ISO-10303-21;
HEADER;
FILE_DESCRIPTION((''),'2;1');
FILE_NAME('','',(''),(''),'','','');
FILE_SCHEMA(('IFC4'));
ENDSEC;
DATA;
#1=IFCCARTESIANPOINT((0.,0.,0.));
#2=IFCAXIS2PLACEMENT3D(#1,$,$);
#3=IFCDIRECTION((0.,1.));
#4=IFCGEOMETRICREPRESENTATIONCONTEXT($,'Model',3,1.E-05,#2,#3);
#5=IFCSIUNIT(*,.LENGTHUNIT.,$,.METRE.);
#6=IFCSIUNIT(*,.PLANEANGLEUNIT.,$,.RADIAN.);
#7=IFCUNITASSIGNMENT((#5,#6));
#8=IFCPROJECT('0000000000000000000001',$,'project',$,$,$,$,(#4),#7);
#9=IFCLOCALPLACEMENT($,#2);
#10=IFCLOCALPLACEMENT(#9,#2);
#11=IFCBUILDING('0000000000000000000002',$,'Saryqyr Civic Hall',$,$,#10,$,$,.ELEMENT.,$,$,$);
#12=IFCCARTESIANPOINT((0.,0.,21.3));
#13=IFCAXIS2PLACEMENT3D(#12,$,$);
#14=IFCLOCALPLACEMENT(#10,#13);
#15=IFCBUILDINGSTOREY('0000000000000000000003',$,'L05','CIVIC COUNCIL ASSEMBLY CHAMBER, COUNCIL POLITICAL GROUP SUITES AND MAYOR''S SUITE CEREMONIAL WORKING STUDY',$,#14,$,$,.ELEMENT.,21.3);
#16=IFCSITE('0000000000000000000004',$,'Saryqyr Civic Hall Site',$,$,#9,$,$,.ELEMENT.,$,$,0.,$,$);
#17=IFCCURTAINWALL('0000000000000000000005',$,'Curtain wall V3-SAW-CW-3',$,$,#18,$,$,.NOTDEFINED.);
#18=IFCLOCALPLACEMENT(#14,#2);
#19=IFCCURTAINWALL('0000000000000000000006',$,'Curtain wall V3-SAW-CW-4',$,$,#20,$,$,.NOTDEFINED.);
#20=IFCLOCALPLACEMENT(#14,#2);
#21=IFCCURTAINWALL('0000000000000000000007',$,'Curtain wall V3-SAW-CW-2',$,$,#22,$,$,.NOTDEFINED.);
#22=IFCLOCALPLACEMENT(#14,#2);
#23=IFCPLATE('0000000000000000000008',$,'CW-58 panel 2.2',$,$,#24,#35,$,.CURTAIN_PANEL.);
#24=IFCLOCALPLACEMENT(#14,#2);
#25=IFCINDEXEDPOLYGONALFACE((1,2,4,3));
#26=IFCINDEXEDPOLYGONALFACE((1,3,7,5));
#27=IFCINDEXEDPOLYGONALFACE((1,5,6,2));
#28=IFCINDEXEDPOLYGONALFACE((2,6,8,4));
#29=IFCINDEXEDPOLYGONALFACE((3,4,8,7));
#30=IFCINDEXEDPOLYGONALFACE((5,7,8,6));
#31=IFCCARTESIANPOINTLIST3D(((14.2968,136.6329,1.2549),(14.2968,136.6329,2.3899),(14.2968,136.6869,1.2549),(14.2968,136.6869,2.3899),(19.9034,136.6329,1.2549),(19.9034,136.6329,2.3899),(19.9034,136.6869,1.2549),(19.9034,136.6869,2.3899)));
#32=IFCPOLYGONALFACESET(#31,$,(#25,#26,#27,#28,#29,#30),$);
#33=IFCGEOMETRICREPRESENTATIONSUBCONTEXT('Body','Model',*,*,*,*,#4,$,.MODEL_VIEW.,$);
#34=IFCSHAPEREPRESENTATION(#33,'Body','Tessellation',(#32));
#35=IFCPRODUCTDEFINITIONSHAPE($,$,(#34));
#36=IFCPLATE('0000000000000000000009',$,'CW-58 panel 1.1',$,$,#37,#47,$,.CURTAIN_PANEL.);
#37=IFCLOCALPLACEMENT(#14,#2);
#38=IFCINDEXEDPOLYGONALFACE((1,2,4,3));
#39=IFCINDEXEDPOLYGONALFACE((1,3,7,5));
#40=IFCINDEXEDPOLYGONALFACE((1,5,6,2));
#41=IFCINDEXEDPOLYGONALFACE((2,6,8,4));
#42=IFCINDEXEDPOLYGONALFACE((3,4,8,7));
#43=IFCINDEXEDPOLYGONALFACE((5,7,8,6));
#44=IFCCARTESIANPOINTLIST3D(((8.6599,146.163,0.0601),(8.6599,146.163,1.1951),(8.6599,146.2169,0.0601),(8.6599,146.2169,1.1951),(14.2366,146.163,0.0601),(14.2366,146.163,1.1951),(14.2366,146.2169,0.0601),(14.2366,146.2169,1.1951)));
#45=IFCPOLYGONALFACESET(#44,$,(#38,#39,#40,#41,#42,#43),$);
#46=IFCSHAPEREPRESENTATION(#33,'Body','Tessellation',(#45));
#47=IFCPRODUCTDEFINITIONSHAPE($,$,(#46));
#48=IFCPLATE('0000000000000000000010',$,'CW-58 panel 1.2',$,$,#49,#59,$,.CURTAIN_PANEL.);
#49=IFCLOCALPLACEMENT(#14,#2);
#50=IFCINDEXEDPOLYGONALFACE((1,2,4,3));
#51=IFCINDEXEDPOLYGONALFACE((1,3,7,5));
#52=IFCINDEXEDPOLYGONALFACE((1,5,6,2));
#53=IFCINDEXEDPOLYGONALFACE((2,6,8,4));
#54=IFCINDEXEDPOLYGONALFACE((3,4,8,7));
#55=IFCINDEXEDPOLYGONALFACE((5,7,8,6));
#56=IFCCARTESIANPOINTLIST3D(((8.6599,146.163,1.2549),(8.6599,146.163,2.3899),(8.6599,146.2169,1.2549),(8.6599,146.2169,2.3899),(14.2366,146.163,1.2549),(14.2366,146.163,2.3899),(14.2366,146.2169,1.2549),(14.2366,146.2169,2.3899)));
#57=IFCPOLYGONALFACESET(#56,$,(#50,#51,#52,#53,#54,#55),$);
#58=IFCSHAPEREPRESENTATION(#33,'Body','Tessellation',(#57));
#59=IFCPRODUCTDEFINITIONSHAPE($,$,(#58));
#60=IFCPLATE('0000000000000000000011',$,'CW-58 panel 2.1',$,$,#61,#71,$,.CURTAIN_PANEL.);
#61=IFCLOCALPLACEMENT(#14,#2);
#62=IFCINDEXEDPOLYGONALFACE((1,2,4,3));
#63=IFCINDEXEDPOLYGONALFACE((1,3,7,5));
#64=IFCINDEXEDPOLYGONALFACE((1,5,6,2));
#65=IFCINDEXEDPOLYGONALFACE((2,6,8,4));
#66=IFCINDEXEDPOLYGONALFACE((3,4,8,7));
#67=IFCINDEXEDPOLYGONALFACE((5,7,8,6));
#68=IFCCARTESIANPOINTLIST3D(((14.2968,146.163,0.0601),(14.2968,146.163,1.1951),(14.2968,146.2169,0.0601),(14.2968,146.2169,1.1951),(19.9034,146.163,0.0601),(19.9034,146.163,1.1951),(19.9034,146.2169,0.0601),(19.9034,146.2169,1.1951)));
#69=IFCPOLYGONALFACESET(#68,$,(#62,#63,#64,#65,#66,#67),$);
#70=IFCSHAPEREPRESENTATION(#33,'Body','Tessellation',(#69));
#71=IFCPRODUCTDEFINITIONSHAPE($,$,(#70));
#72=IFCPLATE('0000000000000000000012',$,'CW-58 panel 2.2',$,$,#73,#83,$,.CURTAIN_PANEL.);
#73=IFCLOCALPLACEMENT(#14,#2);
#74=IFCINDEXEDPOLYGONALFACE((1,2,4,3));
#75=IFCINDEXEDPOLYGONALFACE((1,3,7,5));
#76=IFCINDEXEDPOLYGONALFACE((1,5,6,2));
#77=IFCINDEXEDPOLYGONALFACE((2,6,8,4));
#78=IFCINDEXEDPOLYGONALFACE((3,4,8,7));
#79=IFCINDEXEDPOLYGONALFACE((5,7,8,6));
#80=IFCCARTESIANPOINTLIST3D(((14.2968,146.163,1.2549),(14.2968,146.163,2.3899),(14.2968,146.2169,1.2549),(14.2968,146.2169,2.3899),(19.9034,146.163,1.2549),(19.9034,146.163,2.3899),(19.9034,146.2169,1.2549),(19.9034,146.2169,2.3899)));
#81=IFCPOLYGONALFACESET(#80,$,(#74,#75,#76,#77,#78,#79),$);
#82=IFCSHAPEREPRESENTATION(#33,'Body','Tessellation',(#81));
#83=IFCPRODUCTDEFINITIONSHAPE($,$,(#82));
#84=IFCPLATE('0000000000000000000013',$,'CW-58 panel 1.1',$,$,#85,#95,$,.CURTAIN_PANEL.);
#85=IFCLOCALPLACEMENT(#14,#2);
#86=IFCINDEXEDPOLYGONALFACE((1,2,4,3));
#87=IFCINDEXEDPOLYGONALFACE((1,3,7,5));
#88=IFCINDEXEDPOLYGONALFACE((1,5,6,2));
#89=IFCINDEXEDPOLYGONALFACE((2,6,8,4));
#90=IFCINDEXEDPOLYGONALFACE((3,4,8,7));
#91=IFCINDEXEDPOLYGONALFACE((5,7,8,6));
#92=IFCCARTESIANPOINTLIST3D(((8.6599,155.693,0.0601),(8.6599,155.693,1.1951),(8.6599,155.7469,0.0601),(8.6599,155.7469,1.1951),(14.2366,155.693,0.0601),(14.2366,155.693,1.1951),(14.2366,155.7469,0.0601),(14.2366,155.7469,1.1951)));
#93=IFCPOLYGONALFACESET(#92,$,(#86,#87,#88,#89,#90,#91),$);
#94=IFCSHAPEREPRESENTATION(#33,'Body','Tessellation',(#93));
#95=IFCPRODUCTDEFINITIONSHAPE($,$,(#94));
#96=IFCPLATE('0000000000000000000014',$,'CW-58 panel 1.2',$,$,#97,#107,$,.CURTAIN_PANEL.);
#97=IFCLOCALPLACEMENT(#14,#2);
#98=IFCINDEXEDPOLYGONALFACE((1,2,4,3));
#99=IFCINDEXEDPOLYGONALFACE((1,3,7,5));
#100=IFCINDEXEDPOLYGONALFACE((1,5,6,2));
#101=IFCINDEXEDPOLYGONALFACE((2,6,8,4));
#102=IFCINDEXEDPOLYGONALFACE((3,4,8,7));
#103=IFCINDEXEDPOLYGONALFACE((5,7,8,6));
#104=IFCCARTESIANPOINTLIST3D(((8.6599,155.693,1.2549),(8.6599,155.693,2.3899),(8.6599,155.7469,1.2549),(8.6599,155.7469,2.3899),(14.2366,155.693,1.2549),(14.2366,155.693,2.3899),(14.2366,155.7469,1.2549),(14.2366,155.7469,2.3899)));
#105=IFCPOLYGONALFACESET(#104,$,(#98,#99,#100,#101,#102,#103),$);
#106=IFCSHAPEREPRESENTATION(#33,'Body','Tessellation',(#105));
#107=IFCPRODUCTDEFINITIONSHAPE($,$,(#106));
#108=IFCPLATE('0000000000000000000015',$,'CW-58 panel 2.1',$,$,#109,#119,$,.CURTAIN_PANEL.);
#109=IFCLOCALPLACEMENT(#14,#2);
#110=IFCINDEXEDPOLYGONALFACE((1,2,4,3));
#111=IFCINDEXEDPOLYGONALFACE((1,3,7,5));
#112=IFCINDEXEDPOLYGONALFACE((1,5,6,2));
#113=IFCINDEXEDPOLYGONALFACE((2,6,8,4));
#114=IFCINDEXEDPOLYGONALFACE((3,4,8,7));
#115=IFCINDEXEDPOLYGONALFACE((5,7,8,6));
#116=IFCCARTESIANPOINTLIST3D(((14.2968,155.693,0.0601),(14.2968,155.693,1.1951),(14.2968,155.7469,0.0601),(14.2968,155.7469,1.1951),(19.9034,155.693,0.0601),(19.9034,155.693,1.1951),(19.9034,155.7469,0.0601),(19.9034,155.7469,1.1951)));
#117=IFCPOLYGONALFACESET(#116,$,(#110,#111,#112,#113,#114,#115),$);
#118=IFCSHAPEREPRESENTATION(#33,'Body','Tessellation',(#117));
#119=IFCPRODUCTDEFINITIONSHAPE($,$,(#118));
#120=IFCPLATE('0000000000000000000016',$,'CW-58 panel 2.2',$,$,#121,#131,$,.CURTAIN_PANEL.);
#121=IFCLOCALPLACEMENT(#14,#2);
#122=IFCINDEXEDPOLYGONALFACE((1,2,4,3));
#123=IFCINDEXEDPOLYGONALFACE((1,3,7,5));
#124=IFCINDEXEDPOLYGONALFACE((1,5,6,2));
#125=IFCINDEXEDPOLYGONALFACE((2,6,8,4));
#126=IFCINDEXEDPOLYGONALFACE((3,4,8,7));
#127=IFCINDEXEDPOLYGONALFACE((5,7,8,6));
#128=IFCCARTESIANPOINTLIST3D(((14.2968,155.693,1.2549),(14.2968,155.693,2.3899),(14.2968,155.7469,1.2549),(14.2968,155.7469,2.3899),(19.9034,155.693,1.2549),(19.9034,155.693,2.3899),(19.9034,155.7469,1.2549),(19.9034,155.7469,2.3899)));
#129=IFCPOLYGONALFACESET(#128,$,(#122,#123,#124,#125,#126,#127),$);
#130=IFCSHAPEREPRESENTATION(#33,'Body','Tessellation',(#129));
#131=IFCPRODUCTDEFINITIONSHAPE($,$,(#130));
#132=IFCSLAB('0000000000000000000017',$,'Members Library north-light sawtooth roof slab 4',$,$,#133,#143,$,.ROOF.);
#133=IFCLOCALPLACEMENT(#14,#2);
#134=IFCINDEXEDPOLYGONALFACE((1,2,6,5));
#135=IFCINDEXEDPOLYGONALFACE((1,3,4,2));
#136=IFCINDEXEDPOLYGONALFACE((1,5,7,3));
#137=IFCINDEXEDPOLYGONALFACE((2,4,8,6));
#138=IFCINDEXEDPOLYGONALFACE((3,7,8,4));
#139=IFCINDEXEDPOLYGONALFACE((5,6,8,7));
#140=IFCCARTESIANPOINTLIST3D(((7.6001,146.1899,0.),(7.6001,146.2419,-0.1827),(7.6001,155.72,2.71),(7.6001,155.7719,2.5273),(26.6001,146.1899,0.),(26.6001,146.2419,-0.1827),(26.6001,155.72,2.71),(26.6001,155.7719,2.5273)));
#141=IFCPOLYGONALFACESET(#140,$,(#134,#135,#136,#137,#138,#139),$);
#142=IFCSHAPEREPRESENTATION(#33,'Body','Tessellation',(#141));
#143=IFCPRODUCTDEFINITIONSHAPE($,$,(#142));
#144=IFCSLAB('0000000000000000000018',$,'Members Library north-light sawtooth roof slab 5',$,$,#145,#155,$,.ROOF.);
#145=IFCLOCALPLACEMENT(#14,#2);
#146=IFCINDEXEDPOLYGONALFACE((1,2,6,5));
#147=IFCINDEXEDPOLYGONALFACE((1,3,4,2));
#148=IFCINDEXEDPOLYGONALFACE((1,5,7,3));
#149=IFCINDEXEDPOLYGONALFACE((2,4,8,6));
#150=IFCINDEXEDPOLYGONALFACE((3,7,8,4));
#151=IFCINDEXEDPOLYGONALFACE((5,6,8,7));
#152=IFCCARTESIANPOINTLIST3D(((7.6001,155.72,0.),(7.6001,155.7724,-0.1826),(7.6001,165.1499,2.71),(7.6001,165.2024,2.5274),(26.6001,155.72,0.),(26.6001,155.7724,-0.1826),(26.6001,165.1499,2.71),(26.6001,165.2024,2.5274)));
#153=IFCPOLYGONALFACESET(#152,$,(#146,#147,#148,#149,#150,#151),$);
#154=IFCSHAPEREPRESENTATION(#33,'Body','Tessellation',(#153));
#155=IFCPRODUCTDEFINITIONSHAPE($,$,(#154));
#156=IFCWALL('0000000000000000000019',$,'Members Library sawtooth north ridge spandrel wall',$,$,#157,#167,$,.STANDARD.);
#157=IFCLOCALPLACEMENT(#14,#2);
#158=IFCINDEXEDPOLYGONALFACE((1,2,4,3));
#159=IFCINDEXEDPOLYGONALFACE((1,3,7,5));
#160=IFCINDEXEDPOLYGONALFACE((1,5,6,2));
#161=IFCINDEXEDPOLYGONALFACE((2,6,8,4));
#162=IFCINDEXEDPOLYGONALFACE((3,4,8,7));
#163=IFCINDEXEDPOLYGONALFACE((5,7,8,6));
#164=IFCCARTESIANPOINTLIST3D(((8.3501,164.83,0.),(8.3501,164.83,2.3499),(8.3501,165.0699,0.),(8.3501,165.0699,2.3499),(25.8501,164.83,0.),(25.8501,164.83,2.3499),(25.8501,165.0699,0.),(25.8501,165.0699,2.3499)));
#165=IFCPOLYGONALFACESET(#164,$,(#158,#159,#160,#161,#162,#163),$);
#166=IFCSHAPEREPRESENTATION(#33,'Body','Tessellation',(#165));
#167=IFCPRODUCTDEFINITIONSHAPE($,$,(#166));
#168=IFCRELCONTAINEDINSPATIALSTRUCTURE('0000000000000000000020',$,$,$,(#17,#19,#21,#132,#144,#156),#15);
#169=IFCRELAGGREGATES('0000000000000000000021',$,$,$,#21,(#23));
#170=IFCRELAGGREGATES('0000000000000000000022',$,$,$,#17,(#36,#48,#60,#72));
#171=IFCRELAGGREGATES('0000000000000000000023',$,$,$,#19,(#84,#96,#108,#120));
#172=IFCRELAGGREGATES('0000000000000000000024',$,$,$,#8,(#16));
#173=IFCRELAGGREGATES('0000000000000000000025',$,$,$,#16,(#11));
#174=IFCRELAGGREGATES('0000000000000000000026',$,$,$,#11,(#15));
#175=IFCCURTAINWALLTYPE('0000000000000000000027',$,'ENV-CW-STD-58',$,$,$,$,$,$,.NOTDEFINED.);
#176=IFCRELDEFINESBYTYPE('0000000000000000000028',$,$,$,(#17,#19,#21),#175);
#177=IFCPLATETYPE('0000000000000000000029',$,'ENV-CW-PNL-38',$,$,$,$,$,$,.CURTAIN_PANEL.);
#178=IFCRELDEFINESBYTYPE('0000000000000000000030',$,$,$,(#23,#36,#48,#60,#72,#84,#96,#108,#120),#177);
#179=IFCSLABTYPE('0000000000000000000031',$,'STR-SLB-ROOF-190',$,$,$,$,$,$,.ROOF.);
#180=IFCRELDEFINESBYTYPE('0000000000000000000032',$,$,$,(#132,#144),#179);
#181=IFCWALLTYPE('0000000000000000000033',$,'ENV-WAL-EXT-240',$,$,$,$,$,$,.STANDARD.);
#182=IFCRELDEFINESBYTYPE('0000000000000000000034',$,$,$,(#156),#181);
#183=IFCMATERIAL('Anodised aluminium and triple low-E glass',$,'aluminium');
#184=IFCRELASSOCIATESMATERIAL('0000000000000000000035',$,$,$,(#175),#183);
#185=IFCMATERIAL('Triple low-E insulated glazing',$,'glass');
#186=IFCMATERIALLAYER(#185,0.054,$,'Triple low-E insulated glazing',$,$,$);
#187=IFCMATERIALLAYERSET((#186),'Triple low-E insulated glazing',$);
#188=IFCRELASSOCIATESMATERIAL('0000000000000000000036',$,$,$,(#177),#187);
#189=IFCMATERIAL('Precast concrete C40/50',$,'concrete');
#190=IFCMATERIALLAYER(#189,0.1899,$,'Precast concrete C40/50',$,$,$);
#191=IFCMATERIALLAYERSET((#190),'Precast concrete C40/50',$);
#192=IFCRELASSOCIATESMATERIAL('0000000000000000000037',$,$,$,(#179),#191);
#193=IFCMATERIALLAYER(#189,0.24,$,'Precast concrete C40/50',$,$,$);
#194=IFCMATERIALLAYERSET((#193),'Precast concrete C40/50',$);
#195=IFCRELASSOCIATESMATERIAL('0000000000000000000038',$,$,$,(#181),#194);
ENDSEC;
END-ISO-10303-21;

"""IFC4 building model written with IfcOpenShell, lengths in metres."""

from ifc_helpers import new_model, si_unit, direction, frame, frame_2d, origin, origin_2d, place, context, subcontext, project, spatial, polyline, rectangle, outline, extrude, material, layer, layer_set, type_object, element, aggregate, save


model = new_model("IFC4")

# Units and contexts
model_context = context("Model", 3, precision=1e-05, world=origin(), true_north=direction((0.0, 1.0)))
body_context = subcontext(model_context, "Body", "Model", "MODEL_VIEW")
ifc_project = project(units=[si_unit("LENGTHUNIT", "METRE"), si_unit("PLANEANGLEUNIT", "RADIAN")], contexts=[model_context])

# Site, building, storey
site_placement = place(None, origin())
site = spatial("IfcSite", under=ifc_project, at=site_placement, Name="Saryqyr Civic Hall Site", CompositionType="ELEMENT", RefElevation=0.0)
building_placement = place(site_placement, origin())
building = spatial("IfcBuilding", under=site, at=building_placement, Name="Saryqyr Civic Hall", CompositionType="ELEMENT")
storey_placement = place(building_placement, frame((0.0, 0.0, 21.3)))
storey = spatial("IfcBuildingStorey", under=building, at=storey_placement, Name="L05", Description="CIVIC COUNCIL ASSEMBLY CHAMBER, COUNCIL POLITICAL GROUP SUITES AND MAYOR'S SUITE CEREMONIAL WORKING STUDY", CompositionType="ELEMENT", Elevation=21.3)

# Curtain walls
ifc_material_1 = material(Name="Anodised aluminium and triple low-E glass", Category="aluminium")
curtain_wall_type = type_object("IfcCurtainWallType", Name="ENV-CW-STD-58", PredefinedType="NOTDEFINED", material=ifc_material_1)
curtain_wall_1_placement = place(storey_placement, origin())
curtain_wall_1 = element("IfcCurtainWall", 1, at=curtain_wall_1_placement, inside=storey, type_object=curtain_wall_type, Name="Curtain wall V3-SAW-CW-3", PredefinedType="NOTDEFINED")
curtain_wall_2_placement = place(storey_placement, origin())
curtain_wall_2 = element("IfcCurtainWall", 2, at=curtain_wall_2_placement, inside=storey, type_object=curtain_wall_type, Name="Curtain wall V3-SAW-CW-4", PredefinedType="NOTDEFINED")

# Curtain wall, plate
curtain_wall_3_placement = place(storey_placement, origin())
curtain_wall_3 = element("IfcCurtainWall", 3, at=curtain_wall_3_placement, inside=storey, type_object=curtain_wall_type, Name="Curtain wall V3-SAW-CW-2", PredefinedType="NOTDEFINED")
ifc_material_2 = material(Name="Triple low-E insulated glazing", Category="glass")
ifc_layer_1 = layer(ifc_material_2, 0.054, Name="Triple low-E insulated glazing")
ifc_layer_set_1 = layer_set([ifc_layer_1], Name="Triple low-E insulated glazing")
plate_type = type_object("IfcPlateType", Name="ENV-CW-PNL-38", PredefinedType="CURTAIN_PANEL", material=ifc_layer_set_1)
plate_1_placement = place(storey_placement, frame((17.1001, 136.6599, 1.2549), z_axis=(0.0, 0.0, 1.0), x_axis=(-1.0, 0.0, 0.0)))
plate_1 = element("IfcPlate", 4, at=plate_1_placement, type_object=plate_type, Name="CW-58 panel 2.2", PredefinedType="CURTAIN_PANEL", context=body_context, shape_type="SweptSolid", body=[
    extrude(rectangle(XDim=5.6067, YDim=0.054, at=origin_2d()), origin(), (0.0, 0.0, 1.0), 1.135),
])
aggregate(curtain_wall_3, [plate_1])

# Plates
plate_2_placement = place(storey_placement, frame((11.4482, 146.1899, 0.0601), z_axis=(0.0, 0.0, 1.0), x_axis=(1.0, 0.0, 0.0)))
plate_2 = element("IfcPlate", 5, at=plate_2_placement, type_object=plate_type, Name="CW-58 panel 1.1", PredefinedType="CURTAIN_PANEL", context=body_context, shape_type="SweptSolid", body=[
    extrude(rectangle(XDim=5.5767, YDim=0.054, at=origin_2d()), origin(), (0.0, 0.0, 1.0), 1.135),
])
plate_3_placement = place(storey_placement, frame((11.4482, 146.1899, 1.2549), z_axis=(0.0, 0.0, 1.0), x_axis=(1.0, 0.0, 0.0)))
plate_3 = element("IfcPlate", 6, at=plate_3_placement, type_object=plate_type, Name="CW-58 panel 1.2", PredefinedType="CURTAIN_PANEL", context=body_context, shape_type="SweptSolid", body=[
    extrude(rectangle(XDim=5.5767, YDim=0.054, at=origin_2d()), origin(), (0.0, 0.0, 1.0), 1.135),
])
plate_4_placement = place(storey_placement, frame((17.1001, 146.1899, 0.0601), z_axis=(0.0, 0.0, 1.0), x_axis=(1.0, 0.0, 0.0)))
plate_4 = element("IfcPlate", 7, at=plate_4_placement, type_object=plate_type, Name="CW-58 panel 2.1", PredefinedType="CURTAIN_PANEL", context=body_context, shape_type="SweptSolid", body=[
    extrude(rectangle(XDim=5.6067, YDim=0.054, at=origin_2d()), origin(), (0.0, 0.0, 1.0), 1.135),
])
plate_5_placement = place(storey_placement, frame((17.1001, 146.1899, 1.2549), z_axis=(0.0, 0.0, 1.0), x_axis=(1.0, 0.0, 0.0)))
plate_5 = element("IfcPlate", 8, at=plate_5_placement, type_object=plate_type, Name="CW-58 panel 2.2", PredefinedType="CURTAIN_PANEL", context=body_context, shape_type="SweptSolid", body=[
    extrude(rectangle(XDim=5.6067, YDim=0.054, at=origin_2d()), origin(), (0.0, 0.0, 1.0), 1.135),
])
aggregate(curtain_wall_1, [plate_2, plate_3, plate_4, plate_5])
plate_6_placement = place(storey_placement, frame((11.4482, 155.72, 0.0601), z_axis=(0.0, 0.0, 1.0), x_axis=(1.0, 0.0, 0.0)))
plate_6 = element("IfcPlate", 9, at=plate_6_placement, type_object=plate_type, Name="CW-58 panel 1.1", PredefinedType="CURTAIN_PANEL", context=body_context, shape_type="SweptSolid", body=[
    extrude(rectangle(XDim=5.5767, YDim=0.054, at=origin_2d()), origin(), (0.0, 0.0, 1.0), 1.135),
])
plate_7_placement = place(storey_placement, frame((11.4482, 155.72, 1.2549), z_axis=(0.0, 0.0, 1.0), x_axis=(1.0, 0.0, 0.0)))
plate_7 = element("IfcPlate", 10, at=plate_7_placement, type_object=plate_type, Name="CW-58 panel 1.2", PredefinedType="CURTAIN_PANEL", context=body_context, shape_type="SweptSolid", body=[
    extrude(rectangle(XDim=5.5767, YDim=0.054, at=origin_2d()), origin(), (0.0, 0.0, 1.0), 1.135),
])
plate_8_placement = place(storey_placement, frame((17.1001, 155.72, 0.0601), z_axis=(0.0, 0.0, 1.0), x_axis=(1.0, 0.0, 0.0)))
plate_8 = element("IfcPlate", 11, at=plate_8_placement, type_object=plate_type, Name="CW-58 panel 2.1", PredefinedType="CURTAIN_PANEL", context=body_context, shape_type="SweptSolid", body=[
    extrude(rectangle(XDim=5.6067, YDim=0.054, at=origin_2d()), origin(), (0.0, 0.0, 1.0), 1.135),
])
plate_9_placement = place(storey_placement, frame((17.1001, 155.72, 1.2549), z_axis=(0.0, 0.0, 1.0), x_axis=(1.0, 0.0, 0.0)))
plate_9 = element("IfcPlate", 12, at=plate_9_placement, type_object=plate_type, Name="CW-58 panel 2.2", PredefinedType="CURTAIN_PANEL", context=body_context, shape_type="SweptSolid", body=[
    extrude(rectangle(XDim=5.6067, YDim=0.054, at=origin_2d()), origin(), (0.0, 0.0, 1.0), 1.135),
])
aggregate(curtain_wall_2, [plate_6, plate_7, plate_8, plate_9])

# Slabs
ifc_material_3 = material(Name="Precast concrete C40/50", Category="concrete")
ifc_layer_2 = layer(ifc_material_3, 0.1899, Name="Precast concrete C40/50")
ifc_layer_set_2 = layer_set([ifc_layer_2], Name="Precast concrete C40/50")
slab_type = type_object("IfcSlabType", Name="STR-SLB-ROOF-190", PredefinedType="ROOF", material=ifc_layer_set_2)
slab_1_placement = place(storey_placement, frame((7.6001, 146.1899, 0.0), z_axis=(0.0, -0.273517, 0.961867), x_axis=(1.0, 0.0, 0.0)))
element("IfcSlab", 13, at=slab_1_placement, inside=storey, type_object=slab_type, Name="Members Library north-light sawtooth roof slab 4", PredefinedType="ROOF", context=body_context, shape_type="SweptSolid", body=[
    extrude(outline(polyline([(0.0, 0.0), (19.0, 0.0), (19.0, 9.9078), (0.0, 9.9078), (0.0, 0.0)])), origin(), (0.0, 0.0, -1.0), 0.1899),
])
slab_2_placement = place(storey_placement, frame((7.6001, 155.72, 0.0), z_axis=(0.0, -0.2762, 0.9611), x_axis=(1.0, 0.0, 0.0)))
element("IfcSlab", 14, at=slab_2_placement, inside=storey, type_object=slab_type, Name="Members Library north-light sawtooth roof slab 5", PredefinedType="ROOF", context=body_context, shape_type="SweptSolid", body=[
    extrude(outline(polyline([(0.0, 0.0), (19.0, 0.0), (19.0, 9.8116), (0.0, 9.8116), (0.0, 0.0)])), origin(), (0.0, 0.0, -1.0), 0.1899),
])

# Wall
ifc_layer_3 = layer(ifc_material_3, 0.24, Name="Precast concrete C40/50")
ifc_layer_set_3 = layer_set([ifc_layer_3], Name="Precast concrete C40/50")
wall_type = type_object("IfcWallType", Name="ENV-WAL-EXT-240", PredefinedType="STANDARD", material=ifc_layer_set_3)
wall_placement = place(storey_placement, frame((8.3501, 164.95, 0.0), z_axis=(0.0, 0.0, 1.0), x_axis=(1.0, 0.0, 0.0)))
element("IfcWall", 15, at=wall_placement, inside=storey, type_object=wall_type, Name="Members Library sawtooth north ridge spandrel wall", PredefinedType="STANDARD", context=body_context, shape_type="SweptSolid", body=[
    extrude(rectangle(XDim=17.5, YDim=0.24, at=frame_2d((8.75, 0.0))), origin(), (0.0, 0.0, 1.0), 2.3499),
])

save(model, "model.ifc")
